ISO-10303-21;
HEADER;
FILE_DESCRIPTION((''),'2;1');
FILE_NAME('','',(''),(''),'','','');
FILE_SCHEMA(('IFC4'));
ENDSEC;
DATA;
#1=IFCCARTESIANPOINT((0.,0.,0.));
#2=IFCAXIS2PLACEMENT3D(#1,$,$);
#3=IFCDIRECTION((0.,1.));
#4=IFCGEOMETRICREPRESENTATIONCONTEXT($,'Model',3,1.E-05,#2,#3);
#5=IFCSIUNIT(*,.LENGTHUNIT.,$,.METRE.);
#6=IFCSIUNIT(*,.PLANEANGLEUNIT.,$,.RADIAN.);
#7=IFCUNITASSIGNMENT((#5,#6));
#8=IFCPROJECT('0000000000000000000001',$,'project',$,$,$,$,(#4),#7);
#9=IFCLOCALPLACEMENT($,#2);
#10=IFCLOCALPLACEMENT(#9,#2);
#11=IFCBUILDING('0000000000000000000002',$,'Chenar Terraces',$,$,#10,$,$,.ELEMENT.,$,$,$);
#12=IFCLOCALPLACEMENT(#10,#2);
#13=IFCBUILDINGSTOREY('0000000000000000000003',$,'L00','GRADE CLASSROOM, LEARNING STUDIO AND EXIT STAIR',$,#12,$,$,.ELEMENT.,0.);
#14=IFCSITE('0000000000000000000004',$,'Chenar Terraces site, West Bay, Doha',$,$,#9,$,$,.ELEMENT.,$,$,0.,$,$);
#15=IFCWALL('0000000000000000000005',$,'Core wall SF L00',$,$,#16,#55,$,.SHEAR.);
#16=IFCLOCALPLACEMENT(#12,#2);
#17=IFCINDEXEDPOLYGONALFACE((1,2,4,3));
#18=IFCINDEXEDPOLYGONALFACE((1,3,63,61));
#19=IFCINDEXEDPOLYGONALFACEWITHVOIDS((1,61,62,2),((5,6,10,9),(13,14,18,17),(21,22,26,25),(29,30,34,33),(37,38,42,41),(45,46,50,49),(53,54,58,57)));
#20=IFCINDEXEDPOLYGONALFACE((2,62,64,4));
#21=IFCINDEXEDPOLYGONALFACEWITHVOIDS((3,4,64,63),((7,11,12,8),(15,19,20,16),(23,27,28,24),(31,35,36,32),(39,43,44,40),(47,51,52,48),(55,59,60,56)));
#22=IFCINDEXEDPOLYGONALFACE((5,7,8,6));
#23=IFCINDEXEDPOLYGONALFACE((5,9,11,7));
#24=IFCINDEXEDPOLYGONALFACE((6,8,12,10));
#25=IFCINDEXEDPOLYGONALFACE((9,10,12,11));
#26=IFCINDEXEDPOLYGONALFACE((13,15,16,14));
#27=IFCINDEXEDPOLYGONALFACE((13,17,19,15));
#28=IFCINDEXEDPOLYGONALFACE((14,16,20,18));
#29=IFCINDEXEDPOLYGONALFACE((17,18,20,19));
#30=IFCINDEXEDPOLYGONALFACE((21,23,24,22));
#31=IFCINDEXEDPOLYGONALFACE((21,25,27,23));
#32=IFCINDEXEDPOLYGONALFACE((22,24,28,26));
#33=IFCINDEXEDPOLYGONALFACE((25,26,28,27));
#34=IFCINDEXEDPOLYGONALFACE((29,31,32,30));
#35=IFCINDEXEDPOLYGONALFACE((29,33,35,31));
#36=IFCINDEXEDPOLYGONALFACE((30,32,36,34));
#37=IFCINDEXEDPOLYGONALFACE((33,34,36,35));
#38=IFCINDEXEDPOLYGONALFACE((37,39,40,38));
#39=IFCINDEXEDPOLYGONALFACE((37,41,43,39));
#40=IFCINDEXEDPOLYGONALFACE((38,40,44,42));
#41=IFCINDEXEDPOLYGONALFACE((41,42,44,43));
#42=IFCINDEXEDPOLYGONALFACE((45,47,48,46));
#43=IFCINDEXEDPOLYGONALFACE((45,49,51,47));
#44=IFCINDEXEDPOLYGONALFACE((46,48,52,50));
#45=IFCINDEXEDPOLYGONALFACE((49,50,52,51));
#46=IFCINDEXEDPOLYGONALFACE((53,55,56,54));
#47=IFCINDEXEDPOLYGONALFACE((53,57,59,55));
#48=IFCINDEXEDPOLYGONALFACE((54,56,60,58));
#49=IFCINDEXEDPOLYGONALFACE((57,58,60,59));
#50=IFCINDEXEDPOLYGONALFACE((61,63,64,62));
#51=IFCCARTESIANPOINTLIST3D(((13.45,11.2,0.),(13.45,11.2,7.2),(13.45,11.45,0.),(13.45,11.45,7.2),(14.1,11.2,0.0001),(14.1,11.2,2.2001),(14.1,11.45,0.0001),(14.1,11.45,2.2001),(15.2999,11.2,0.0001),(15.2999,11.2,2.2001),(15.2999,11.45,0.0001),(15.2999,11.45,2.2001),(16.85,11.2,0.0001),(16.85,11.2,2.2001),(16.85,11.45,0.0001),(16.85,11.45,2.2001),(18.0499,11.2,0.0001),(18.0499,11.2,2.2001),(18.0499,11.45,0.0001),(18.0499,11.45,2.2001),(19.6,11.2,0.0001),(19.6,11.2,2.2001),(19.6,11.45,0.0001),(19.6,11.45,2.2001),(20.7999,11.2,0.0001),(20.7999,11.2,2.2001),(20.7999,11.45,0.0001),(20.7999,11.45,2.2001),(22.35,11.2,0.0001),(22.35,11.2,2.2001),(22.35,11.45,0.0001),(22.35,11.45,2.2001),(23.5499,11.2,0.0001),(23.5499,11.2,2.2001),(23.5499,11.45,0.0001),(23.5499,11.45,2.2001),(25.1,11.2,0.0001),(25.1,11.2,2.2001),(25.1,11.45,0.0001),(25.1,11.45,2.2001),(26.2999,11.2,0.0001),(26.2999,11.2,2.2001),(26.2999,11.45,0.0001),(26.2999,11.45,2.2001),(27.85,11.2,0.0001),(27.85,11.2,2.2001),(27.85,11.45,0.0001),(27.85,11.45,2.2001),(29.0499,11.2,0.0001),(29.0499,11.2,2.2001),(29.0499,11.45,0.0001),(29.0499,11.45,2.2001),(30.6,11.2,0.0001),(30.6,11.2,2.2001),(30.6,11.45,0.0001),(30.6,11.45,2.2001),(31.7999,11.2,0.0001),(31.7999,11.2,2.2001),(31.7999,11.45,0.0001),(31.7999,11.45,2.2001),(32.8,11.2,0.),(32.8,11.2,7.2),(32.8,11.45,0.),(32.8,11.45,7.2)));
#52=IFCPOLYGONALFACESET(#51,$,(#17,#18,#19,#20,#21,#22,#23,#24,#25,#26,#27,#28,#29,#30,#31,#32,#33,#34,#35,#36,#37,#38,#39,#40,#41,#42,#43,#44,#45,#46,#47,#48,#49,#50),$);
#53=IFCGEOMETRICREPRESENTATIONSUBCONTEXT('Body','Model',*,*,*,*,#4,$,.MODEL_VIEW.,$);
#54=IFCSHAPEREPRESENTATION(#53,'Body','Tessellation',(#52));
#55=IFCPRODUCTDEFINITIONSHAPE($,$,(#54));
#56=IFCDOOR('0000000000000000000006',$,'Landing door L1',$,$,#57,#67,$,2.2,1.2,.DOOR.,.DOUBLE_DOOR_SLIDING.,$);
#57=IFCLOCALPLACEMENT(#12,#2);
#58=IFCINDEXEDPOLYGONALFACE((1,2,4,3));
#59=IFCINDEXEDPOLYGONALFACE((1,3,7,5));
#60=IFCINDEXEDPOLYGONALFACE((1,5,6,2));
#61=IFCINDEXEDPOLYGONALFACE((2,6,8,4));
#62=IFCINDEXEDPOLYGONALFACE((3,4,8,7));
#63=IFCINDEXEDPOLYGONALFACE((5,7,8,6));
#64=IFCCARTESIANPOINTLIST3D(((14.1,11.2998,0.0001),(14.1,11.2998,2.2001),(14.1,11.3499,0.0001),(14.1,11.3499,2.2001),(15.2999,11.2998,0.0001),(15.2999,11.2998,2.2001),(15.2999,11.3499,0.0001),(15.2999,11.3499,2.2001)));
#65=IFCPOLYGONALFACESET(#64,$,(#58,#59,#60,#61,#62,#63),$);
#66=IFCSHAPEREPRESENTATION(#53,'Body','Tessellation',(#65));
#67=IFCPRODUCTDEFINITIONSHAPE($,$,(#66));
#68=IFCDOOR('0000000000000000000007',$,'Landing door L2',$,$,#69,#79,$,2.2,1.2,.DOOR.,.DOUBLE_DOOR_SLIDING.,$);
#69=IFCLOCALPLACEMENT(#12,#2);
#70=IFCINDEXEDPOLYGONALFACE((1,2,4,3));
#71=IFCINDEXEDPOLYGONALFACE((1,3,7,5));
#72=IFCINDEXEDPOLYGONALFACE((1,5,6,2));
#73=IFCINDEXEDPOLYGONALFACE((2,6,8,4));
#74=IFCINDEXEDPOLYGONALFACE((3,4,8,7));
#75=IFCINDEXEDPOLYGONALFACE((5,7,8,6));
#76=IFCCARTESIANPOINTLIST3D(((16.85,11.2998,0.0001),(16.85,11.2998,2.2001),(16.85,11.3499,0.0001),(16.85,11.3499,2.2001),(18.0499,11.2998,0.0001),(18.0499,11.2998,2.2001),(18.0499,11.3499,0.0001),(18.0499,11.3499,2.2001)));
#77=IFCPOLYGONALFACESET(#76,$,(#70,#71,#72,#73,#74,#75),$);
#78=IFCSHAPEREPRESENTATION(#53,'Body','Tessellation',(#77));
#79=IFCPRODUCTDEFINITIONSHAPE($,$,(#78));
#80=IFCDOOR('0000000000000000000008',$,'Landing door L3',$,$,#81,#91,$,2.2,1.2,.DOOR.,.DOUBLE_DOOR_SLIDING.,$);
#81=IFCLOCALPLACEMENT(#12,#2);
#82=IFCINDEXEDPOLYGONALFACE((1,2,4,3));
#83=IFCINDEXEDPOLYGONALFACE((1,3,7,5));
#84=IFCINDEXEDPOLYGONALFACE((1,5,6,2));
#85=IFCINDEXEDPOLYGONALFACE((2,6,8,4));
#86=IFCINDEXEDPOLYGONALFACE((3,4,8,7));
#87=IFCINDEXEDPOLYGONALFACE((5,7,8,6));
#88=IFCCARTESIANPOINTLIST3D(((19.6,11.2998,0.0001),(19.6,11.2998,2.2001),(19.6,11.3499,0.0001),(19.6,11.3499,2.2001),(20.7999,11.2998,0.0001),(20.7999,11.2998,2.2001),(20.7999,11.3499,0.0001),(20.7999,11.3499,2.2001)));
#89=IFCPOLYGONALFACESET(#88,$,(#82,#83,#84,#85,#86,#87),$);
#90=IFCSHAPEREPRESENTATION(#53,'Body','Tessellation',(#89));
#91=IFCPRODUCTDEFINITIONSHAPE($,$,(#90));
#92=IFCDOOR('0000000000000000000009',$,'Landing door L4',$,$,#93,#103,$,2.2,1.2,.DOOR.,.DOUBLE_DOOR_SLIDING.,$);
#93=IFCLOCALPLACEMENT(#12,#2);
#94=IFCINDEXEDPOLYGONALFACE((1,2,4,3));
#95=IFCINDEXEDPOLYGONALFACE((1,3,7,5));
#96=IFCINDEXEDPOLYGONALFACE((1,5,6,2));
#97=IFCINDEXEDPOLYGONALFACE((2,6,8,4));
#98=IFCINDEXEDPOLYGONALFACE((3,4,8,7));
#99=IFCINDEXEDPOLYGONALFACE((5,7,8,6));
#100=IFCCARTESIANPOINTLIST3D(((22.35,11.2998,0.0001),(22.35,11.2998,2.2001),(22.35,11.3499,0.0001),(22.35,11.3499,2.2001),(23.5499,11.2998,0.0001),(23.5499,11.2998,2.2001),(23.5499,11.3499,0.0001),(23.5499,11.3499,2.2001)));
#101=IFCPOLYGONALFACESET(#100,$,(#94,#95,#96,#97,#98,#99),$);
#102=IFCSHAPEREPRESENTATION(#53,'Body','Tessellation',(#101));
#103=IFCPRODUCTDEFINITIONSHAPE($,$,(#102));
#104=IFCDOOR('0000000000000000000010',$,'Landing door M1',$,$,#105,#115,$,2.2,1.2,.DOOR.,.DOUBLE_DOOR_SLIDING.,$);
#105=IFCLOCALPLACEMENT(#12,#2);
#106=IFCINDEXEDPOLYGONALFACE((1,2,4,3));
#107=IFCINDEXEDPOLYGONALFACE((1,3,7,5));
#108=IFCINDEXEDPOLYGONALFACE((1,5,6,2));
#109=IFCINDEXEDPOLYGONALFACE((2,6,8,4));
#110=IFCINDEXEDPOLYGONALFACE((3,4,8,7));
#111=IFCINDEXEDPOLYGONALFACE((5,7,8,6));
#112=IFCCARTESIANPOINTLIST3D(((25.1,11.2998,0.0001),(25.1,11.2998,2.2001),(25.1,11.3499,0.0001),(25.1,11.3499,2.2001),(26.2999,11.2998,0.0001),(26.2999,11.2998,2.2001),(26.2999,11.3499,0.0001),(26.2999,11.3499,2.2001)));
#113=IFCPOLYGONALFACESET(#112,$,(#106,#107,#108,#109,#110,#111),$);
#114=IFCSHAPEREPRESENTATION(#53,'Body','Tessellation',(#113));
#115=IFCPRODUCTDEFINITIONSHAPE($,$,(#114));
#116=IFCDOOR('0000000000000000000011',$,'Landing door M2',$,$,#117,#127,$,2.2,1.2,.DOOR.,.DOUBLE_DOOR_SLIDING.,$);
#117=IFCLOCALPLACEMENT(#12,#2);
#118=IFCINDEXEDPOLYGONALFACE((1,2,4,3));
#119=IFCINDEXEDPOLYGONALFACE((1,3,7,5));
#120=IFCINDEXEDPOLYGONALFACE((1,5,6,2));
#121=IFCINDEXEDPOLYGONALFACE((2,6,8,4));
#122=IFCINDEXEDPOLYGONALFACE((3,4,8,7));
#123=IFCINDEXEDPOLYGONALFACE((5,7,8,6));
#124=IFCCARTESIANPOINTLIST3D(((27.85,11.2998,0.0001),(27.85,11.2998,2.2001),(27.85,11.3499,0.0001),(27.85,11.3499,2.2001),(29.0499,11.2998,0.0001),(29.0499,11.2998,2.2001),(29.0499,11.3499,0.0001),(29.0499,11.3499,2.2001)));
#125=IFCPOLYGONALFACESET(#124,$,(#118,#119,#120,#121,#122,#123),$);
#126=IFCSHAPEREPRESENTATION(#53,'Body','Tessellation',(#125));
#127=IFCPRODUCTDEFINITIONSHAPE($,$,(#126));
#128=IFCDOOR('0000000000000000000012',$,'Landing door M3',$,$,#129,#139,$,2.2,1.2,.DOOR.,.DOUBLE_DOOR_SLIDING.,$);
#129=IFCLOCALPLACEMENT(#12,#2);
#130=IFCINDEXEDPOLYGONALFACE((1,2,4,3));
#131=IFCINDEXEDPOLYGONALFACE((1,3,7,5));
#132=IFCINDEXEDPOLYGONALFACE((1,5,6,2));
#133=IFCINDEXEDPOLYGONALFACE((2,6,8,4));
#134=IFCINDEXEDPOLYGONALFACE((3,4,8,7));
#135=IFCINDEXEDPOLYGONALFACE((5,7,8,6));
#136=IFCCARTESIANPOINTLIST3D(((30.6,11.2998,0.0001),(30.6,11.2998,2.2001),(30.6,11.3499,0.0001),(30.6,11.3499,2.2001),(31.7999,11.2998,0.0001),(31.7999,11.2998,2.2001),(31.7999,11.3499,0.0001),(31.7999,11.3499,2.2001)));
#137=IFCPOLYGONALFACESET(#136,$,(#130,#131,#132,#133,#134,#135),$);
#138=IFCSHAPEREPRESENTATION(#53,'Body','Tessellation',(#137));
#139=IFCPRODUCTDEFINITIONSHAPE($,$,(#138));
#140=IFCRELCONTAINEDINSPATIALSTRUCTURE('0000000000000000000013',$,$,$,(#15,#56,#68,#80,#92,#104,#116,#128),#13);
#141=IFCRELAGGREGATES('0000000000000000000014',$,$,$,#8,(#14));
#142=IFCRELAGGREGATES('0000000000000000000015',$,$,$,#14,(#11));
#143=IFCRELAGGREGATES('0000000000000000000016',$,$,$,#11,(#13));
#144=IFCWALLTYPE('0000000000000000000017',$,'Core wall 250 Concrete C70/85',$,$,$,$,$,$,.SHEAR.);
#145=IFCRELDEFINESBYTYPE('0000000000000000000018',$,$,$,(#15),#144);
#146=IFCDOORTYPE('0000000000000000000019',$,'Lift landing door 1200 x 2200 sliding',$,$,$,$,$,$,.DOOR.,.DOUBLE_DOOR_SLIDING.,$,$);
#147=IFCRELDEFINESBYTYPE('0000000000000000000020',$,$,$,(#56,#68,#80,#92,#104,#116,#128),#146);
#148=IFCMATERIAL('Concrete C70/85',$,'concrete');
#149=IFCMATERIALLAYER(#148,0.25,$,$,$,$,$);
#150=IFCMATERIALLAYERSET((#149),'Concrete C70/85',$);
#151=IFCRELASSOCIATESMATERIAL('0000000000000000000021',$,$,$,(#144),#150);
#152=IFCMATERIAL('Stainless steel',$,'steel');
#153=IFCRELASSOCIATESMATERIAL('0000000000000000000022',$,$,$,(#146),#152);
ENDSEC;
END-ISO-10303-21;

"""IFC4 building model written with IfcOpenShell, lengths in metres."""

from ifc_helpers import new_model, si_unit, direction, frame, frame_2d, origin, place, context, subcontext, project, spatial, rectangle, extrude, material, layer, layer_set, type_object, element, fill, save


model = new_model("IFC4")

# Units and contexts
model_context = context("Model", 3, precision=1e-05, world=origin(), true_north=direction((0.0, 1.0)))
body_context = subcontext(model_context, "Body", "Model", "MODEL_VIEW")
ifc_project = project(units=[si_unit("LENGTHUNIT", "METRE"), si_unit("PLANEANGLEUNIT", "RADIAN")], contexts=[model_context])

# Site, building, storey
site_placement = place(None, origin())
site = spatial("IfcSite", under=ifc_project, at=site_placement, Name="Chenar Terraces site, West Bay, Doha", CompositionType="ELEMENT", RefElevation=0.0)
building_placement = place(site_placement, origin())
building = spatial("IfcBuilding", under=site, at=building_placement, Name="Chenar Terraces", CompositionType="ELEMENT")
storey_placement = place(building_placement, origin())
storey = spatial("IfcBuildingStorey", under=building, at=storey_placement, Name="L00", Description="GRADE CLASSROOM, LEARNING STUDIO AND EXIT STAIR", CompositionType="ELEMENT", Elevation=0.0)

# Wall, openings, doors
ifc_material_1 = material(Name="Concrete C70/85", Category="concrete")
ifc_layer = layer(ifc_material_1, 0.25)
ifc_layer_set = layer_set([ifc_layer], Name="Concrete C70/85")
wall_type = type_object("IfcWallType", Name="Core wall 250 Concrete C70/85", PredefinedType="SHEAR", material=ifc_layer_set)
wall_1_placement = place(storey_placement, frame((13.45, 11.325, 0.0), z_axis=(0.0, 0.0, 1.0), x_axis=(1.0, 0.0, 0.0)))
wall_1 = element("IfcWall", 1, at=wall_1_placement, inside=storey, type_object=wall_type, Name="Core wall SF L00", PredefinedType="SHEAR", context=body_context, shape_type="SweptSolid", body=[
    extrude(rectangle(XDim=19.3501, YDim=0.25, at=frame_2d((9.675, 0.0))), origin(), (0.0, 0.0, 1.0), 7.2),
])
opening_1_placement = place(wall_1_placement, frame((0.6499, 0.0, 0.0)))
opening_1 = element("IfcOpeningElement", 2, at=opening_1_placement, cuts=wall_1, PredefinedType="OPENING", context=body_context, shape_type="SweptSolid", body=[
    extrude(rectangle(XDim=1.2, YDim=2.2, at=frame_2d((0.6001, 1.1001))), frame((0.0, 0.135, 0.0), z_axis=(0.0, -1.0, 0.0), x_axis=(1.0, 0.0, 0.0)), (0.0, 0.0, 1.0), 0.27),
])
opening_2_placement = place(wall_1_placement, frame((3.3999, 0.0, 0.0)))
opening_2 = element("IfcOpeningElement", 3, at=opening_2_placement, cuts=wall_1, PredefinedType="OPENING", context=body_context, shape_type="SweptSolid", body=[
    extrude(rectangle(XDim=1.2, YDim=2.2, at=frame_2d((0.6001, 1.1001))), frame((0.0, 0.135, 0.0), z_axis=(0.0, -1.0, 0.0), x_axis=(1.0, 0.0, 0.0)), (0.0, 0.0, 1.0), 0.27),
])
opening_3_placement = place(wall_1_placement, frame((6.1499, 0.0, 0.0)))
opening_3 = element("IfcOpeningElement", 4, at=opening_3_placement, cuts=wall_1, PredefinedType="OPENING", context=body_context, shape_type="SweptSolid", body=[
    extrude(rectangle(XDim=1.2, YDim=2.2, at=frame_2d((0.6001, 1.1001))), frame((0.0, 0.135, 0.0), z_axis=(0.0, -1.0, 0.0), x_axis=(1.0, 0.0, 0.0)), (0.0, 0.0, 1.0), 0.27),
])
opening_4_placement = place(wall_1_placement, frame((8.8999, 0.0, 0.0)))
opening_4 = element("IfcOpeningElement", 5, at=opening_4_placement, cuts=wall_1, PredefinedType="OPENING", context=body_context, shape_type="SweptSolid", body=[
    extrude(rectangle(XDim=1.2, YDim=2.2, at=frame_2d((0.6001, 1.1001))), frame((0.0, 0.135, 0.0), z_axis=(0.0, -1.0, 0.0), x_axis=(1.0, 0.0, 0.0)), (0.0, 0.0, 1.0), 0.27),
])
opening_5_placement = place(wall_1_placement, frame((11.6499, 0.0, 0.0)))
opening_5 = element("IfcOpeningElement", 6, at=opening_5_placement, cuts=wall_1, PredefinedType="OPENING", context=body_context, shape_type="SweptSolid", body=[
    extrude(rectangle(XDim=1.2, YDim=2.2, at=frame_2d((0.6001, 1.1001))), frame((0.0, 0.135, 0.0), z_axis=(0.0, -1.0, 0.0), x_axis=(1.0, 0.0, 0.0)), (0.0, 0.0, 1.0), 0.27),
])
opening_6_placement = place(wall_1_placement, frame((14.3999, 0.0, 0.0)))
opening_6 = element("IfcOpeningElement", 7, at=opening_6_placement, cuts=wall_1, PredefinedType="OPENING", context=body_context, shape_type="SweptSolid", body=[
    extrude(rectangle(XDim=1.2, YDim=2.2, at=frame_2d((0.6001, 1.1001))), frame((0.0, 0.135, 0.0), z_axis=(0.0, -1.0, 0.0), x_axis=(1.0, 0.0, 0.0)), (0.0, 0.0, 1.0), 0.27),
])
opening_7_placement = place(wall_1_placement, frame((17.1499, 0.0, 0.0)))
opening_7 = element("IfcOpeningElement", 8, at=opening_7_placement, cuts=wall_1, PredefinedType="OPENING", context=body_context, shape_type="SweptSolid", body=[
    extrude(rectangle(XDim=1.2, YDim=2.2, at=frame_2d((0.6001, 1.1001))), frame((0.0, 0.135, 0.0), z_axis=(0.0, -1.0, 0.0), x_axis=(1.0, 0.0, 0.0)), (0.0, 0.0, 1.0), 0.27),
])
ifc_material_2 = material(Name="Stainless steel", Category="steel")
door_type = type_object("IfcDoorType", Name="Lift landing door 1200 x 2200 sliding", OperationType="DOUBLE_DOOR_SLIDING", PredefinedType="DOOR", material=ifc_material_2)
door_1_placement = place(opening_1_placement, origin())
door_1 = element("IfcDoor", 9, at=door_1_placement, inside=storey, type_object=door_type, Name="Landing door L1", OperationType="DOUBLE_DOOR_SLIDING", OverallHeight=2.2, OverallWidth=1.2, PredefinedType="DOOR", context=body_context, shape_type="SweptSolid", body=[
    extrude(rectangle(XDim=1.2, YDim=2.2, at=frame_2d((0.6001, 1.1001))), frame((0.0, 0.0249, 0.0), z_axis=(0.0, -1.0, 0.0), x_axis=(1.0, 0.0, 0.0)), (0.0, 0.0, 1.0), 0.05),
])
fill(opening_1, door_1)
door_2_placement = place(opening_2_placement, origin())
door_2 = element("IfcDoor", 10, at=door_2_placement, inside=storey, type_object=door_type, Name="Landing door L2", OperationType="DOUBLE_DOOR_SLIDING", OverallHeight=2.2, OverallWidth=1.2, PredefinedType="DOOR", context=body_context, shape_type="SweptSolid", body=[
    extrude(rectangle(XDim=1.2, YDim=2.2, at=frame_2d((0.6001, 1.1001))), frame((0.0, 0.0249, 0.0), z_axis=(0.0, -1.0, 0.0), x_axis=(1.0, 0.0, 0.0)), (0.0, 0.0, 1.0), 0.05),
])
fill(opening_2, door_2)
door_3_placement = place(opening_3_placement, origin())
door_3 = element("IfcDoor", 11, at=door_3_placement, inside=storey, type_object=door_type, Name="Landing door L3", OperationType="DOUBLE_DOOR_SLIDING", OverallHeight=2.2, OverallWidth=1.2, PredefinedType="DOOR", context=body_context, shape_type="SweptSolid", body=[
    extrude(rectangle(XDim=1.2, YDim=2.2, at=frame_2d((0.6001, 1.1001))), frame((0.0, 0.0249, 0.0), z_axis=(0.0, -1.0, 0.0), x_axis=(1.0, 0.0, 0.0)), (0.0, 0.0, 1.0), 0.05),
])
fill(opening_3, door_3)
door_4_placement = place(opening_4_placement, origin())
door_4 = element("IfcDoor", 12, at=door_4_placement, inside=storey, type_object=door_type, Name="Landing door L4", OperationType="DOUBLE_DOOR_SLIDING", OverallHeight=2.2, OverallWidth=1.2, PredefinedType="DOOR", context=body_context, shape_type="SweptSolid", body=[
    extrude(rectangle(XDim=1.2, YDim=2.2, at=frame_2d((0.6001, 1.1001))), frame((0.0, 0.0249, 0.0), z_axis=(0.0, -1.0, 0.0), x_axis=(1.0, 0.0, 0.0)), (0.0, 0.0, 1.0), 0.05),
])
fill(opening_4, door_4)
door_5_placement = place(opening_5_placement, origin())
door_5 = element("IfcDoor", 13, at=door_5_placement, inside=storey, type_object=door_type, Name="Landing door M1", OperationType="DOUBLE_DOOR_SLIDING", OverallHeight=2.2, OverallWidth=1.2, PredefinedType="DOOR", context=body_context, shape_type="SweptSolid", body=[
    extrude(rectangle(XDim=1.2, YDim=2.2, at=frame_2d((0.6001, 1.1001))), frame((0.0, 0.0249, 0.0), z_axis=(0.0, -1.0, 0.0), x_axis=(1.0, 0.0, 0.0)), (0.0, 0.0, 1.0), 0.05),
])
fill(opening_5, door_5)
door_6_placement = place(opening_6_placement, origin())
door_6 = element("IfcDoor", 14, at=door_6_placement, inside=storey, type_object=door_type, Name="Landing door M2", OperationType="DOUBLE_DOOR_SLIDING", OverallHeight=2.2, OverallWidth=1.2, PredefinedType="DOOR", context=body_context, shape_type="SweptSolid", body=[
    extrude(rectangle(XDim=1.2, YDim=2.2, at=frame_2d((0.6001, 1.1001))), frame((0.0, 0.0249, 0.0), z_axis=(0.0, -1.0, 0.0), x_axis=(1.0, 0.0, 0.0)), (0.0, 0.0, 1.0), 0.05),
])
fill(opening_6, door_6)
door_7_placement = place(opening_7_placement, origin())
door_7 = element("IfcDoor", 15, at=door_7_placement, inside=storey, type_object=door_type, Name="Landing door M3", OperationType="DOUBLE_DOOR_SLIDING", OverallHeight=2.2, OverallWidth=1.2, PredefinedType="DOOR", context=body_context, shape_type="SweptSolid", body=[
    extrude(rectangle(XDim=1.2, YDim=2.2, at=frame_2d((0.6001, 1.1001))), frame((0.0, 0.0249, 0.0), z_axis=(0.0, -1.0, 0.0), x_axis=(1.0, 0.0, 0.0)), (0.0, 0.0, 1.0), 0.05),
])
fill(opening_7, door_7)

save(model, "model.ifc")
